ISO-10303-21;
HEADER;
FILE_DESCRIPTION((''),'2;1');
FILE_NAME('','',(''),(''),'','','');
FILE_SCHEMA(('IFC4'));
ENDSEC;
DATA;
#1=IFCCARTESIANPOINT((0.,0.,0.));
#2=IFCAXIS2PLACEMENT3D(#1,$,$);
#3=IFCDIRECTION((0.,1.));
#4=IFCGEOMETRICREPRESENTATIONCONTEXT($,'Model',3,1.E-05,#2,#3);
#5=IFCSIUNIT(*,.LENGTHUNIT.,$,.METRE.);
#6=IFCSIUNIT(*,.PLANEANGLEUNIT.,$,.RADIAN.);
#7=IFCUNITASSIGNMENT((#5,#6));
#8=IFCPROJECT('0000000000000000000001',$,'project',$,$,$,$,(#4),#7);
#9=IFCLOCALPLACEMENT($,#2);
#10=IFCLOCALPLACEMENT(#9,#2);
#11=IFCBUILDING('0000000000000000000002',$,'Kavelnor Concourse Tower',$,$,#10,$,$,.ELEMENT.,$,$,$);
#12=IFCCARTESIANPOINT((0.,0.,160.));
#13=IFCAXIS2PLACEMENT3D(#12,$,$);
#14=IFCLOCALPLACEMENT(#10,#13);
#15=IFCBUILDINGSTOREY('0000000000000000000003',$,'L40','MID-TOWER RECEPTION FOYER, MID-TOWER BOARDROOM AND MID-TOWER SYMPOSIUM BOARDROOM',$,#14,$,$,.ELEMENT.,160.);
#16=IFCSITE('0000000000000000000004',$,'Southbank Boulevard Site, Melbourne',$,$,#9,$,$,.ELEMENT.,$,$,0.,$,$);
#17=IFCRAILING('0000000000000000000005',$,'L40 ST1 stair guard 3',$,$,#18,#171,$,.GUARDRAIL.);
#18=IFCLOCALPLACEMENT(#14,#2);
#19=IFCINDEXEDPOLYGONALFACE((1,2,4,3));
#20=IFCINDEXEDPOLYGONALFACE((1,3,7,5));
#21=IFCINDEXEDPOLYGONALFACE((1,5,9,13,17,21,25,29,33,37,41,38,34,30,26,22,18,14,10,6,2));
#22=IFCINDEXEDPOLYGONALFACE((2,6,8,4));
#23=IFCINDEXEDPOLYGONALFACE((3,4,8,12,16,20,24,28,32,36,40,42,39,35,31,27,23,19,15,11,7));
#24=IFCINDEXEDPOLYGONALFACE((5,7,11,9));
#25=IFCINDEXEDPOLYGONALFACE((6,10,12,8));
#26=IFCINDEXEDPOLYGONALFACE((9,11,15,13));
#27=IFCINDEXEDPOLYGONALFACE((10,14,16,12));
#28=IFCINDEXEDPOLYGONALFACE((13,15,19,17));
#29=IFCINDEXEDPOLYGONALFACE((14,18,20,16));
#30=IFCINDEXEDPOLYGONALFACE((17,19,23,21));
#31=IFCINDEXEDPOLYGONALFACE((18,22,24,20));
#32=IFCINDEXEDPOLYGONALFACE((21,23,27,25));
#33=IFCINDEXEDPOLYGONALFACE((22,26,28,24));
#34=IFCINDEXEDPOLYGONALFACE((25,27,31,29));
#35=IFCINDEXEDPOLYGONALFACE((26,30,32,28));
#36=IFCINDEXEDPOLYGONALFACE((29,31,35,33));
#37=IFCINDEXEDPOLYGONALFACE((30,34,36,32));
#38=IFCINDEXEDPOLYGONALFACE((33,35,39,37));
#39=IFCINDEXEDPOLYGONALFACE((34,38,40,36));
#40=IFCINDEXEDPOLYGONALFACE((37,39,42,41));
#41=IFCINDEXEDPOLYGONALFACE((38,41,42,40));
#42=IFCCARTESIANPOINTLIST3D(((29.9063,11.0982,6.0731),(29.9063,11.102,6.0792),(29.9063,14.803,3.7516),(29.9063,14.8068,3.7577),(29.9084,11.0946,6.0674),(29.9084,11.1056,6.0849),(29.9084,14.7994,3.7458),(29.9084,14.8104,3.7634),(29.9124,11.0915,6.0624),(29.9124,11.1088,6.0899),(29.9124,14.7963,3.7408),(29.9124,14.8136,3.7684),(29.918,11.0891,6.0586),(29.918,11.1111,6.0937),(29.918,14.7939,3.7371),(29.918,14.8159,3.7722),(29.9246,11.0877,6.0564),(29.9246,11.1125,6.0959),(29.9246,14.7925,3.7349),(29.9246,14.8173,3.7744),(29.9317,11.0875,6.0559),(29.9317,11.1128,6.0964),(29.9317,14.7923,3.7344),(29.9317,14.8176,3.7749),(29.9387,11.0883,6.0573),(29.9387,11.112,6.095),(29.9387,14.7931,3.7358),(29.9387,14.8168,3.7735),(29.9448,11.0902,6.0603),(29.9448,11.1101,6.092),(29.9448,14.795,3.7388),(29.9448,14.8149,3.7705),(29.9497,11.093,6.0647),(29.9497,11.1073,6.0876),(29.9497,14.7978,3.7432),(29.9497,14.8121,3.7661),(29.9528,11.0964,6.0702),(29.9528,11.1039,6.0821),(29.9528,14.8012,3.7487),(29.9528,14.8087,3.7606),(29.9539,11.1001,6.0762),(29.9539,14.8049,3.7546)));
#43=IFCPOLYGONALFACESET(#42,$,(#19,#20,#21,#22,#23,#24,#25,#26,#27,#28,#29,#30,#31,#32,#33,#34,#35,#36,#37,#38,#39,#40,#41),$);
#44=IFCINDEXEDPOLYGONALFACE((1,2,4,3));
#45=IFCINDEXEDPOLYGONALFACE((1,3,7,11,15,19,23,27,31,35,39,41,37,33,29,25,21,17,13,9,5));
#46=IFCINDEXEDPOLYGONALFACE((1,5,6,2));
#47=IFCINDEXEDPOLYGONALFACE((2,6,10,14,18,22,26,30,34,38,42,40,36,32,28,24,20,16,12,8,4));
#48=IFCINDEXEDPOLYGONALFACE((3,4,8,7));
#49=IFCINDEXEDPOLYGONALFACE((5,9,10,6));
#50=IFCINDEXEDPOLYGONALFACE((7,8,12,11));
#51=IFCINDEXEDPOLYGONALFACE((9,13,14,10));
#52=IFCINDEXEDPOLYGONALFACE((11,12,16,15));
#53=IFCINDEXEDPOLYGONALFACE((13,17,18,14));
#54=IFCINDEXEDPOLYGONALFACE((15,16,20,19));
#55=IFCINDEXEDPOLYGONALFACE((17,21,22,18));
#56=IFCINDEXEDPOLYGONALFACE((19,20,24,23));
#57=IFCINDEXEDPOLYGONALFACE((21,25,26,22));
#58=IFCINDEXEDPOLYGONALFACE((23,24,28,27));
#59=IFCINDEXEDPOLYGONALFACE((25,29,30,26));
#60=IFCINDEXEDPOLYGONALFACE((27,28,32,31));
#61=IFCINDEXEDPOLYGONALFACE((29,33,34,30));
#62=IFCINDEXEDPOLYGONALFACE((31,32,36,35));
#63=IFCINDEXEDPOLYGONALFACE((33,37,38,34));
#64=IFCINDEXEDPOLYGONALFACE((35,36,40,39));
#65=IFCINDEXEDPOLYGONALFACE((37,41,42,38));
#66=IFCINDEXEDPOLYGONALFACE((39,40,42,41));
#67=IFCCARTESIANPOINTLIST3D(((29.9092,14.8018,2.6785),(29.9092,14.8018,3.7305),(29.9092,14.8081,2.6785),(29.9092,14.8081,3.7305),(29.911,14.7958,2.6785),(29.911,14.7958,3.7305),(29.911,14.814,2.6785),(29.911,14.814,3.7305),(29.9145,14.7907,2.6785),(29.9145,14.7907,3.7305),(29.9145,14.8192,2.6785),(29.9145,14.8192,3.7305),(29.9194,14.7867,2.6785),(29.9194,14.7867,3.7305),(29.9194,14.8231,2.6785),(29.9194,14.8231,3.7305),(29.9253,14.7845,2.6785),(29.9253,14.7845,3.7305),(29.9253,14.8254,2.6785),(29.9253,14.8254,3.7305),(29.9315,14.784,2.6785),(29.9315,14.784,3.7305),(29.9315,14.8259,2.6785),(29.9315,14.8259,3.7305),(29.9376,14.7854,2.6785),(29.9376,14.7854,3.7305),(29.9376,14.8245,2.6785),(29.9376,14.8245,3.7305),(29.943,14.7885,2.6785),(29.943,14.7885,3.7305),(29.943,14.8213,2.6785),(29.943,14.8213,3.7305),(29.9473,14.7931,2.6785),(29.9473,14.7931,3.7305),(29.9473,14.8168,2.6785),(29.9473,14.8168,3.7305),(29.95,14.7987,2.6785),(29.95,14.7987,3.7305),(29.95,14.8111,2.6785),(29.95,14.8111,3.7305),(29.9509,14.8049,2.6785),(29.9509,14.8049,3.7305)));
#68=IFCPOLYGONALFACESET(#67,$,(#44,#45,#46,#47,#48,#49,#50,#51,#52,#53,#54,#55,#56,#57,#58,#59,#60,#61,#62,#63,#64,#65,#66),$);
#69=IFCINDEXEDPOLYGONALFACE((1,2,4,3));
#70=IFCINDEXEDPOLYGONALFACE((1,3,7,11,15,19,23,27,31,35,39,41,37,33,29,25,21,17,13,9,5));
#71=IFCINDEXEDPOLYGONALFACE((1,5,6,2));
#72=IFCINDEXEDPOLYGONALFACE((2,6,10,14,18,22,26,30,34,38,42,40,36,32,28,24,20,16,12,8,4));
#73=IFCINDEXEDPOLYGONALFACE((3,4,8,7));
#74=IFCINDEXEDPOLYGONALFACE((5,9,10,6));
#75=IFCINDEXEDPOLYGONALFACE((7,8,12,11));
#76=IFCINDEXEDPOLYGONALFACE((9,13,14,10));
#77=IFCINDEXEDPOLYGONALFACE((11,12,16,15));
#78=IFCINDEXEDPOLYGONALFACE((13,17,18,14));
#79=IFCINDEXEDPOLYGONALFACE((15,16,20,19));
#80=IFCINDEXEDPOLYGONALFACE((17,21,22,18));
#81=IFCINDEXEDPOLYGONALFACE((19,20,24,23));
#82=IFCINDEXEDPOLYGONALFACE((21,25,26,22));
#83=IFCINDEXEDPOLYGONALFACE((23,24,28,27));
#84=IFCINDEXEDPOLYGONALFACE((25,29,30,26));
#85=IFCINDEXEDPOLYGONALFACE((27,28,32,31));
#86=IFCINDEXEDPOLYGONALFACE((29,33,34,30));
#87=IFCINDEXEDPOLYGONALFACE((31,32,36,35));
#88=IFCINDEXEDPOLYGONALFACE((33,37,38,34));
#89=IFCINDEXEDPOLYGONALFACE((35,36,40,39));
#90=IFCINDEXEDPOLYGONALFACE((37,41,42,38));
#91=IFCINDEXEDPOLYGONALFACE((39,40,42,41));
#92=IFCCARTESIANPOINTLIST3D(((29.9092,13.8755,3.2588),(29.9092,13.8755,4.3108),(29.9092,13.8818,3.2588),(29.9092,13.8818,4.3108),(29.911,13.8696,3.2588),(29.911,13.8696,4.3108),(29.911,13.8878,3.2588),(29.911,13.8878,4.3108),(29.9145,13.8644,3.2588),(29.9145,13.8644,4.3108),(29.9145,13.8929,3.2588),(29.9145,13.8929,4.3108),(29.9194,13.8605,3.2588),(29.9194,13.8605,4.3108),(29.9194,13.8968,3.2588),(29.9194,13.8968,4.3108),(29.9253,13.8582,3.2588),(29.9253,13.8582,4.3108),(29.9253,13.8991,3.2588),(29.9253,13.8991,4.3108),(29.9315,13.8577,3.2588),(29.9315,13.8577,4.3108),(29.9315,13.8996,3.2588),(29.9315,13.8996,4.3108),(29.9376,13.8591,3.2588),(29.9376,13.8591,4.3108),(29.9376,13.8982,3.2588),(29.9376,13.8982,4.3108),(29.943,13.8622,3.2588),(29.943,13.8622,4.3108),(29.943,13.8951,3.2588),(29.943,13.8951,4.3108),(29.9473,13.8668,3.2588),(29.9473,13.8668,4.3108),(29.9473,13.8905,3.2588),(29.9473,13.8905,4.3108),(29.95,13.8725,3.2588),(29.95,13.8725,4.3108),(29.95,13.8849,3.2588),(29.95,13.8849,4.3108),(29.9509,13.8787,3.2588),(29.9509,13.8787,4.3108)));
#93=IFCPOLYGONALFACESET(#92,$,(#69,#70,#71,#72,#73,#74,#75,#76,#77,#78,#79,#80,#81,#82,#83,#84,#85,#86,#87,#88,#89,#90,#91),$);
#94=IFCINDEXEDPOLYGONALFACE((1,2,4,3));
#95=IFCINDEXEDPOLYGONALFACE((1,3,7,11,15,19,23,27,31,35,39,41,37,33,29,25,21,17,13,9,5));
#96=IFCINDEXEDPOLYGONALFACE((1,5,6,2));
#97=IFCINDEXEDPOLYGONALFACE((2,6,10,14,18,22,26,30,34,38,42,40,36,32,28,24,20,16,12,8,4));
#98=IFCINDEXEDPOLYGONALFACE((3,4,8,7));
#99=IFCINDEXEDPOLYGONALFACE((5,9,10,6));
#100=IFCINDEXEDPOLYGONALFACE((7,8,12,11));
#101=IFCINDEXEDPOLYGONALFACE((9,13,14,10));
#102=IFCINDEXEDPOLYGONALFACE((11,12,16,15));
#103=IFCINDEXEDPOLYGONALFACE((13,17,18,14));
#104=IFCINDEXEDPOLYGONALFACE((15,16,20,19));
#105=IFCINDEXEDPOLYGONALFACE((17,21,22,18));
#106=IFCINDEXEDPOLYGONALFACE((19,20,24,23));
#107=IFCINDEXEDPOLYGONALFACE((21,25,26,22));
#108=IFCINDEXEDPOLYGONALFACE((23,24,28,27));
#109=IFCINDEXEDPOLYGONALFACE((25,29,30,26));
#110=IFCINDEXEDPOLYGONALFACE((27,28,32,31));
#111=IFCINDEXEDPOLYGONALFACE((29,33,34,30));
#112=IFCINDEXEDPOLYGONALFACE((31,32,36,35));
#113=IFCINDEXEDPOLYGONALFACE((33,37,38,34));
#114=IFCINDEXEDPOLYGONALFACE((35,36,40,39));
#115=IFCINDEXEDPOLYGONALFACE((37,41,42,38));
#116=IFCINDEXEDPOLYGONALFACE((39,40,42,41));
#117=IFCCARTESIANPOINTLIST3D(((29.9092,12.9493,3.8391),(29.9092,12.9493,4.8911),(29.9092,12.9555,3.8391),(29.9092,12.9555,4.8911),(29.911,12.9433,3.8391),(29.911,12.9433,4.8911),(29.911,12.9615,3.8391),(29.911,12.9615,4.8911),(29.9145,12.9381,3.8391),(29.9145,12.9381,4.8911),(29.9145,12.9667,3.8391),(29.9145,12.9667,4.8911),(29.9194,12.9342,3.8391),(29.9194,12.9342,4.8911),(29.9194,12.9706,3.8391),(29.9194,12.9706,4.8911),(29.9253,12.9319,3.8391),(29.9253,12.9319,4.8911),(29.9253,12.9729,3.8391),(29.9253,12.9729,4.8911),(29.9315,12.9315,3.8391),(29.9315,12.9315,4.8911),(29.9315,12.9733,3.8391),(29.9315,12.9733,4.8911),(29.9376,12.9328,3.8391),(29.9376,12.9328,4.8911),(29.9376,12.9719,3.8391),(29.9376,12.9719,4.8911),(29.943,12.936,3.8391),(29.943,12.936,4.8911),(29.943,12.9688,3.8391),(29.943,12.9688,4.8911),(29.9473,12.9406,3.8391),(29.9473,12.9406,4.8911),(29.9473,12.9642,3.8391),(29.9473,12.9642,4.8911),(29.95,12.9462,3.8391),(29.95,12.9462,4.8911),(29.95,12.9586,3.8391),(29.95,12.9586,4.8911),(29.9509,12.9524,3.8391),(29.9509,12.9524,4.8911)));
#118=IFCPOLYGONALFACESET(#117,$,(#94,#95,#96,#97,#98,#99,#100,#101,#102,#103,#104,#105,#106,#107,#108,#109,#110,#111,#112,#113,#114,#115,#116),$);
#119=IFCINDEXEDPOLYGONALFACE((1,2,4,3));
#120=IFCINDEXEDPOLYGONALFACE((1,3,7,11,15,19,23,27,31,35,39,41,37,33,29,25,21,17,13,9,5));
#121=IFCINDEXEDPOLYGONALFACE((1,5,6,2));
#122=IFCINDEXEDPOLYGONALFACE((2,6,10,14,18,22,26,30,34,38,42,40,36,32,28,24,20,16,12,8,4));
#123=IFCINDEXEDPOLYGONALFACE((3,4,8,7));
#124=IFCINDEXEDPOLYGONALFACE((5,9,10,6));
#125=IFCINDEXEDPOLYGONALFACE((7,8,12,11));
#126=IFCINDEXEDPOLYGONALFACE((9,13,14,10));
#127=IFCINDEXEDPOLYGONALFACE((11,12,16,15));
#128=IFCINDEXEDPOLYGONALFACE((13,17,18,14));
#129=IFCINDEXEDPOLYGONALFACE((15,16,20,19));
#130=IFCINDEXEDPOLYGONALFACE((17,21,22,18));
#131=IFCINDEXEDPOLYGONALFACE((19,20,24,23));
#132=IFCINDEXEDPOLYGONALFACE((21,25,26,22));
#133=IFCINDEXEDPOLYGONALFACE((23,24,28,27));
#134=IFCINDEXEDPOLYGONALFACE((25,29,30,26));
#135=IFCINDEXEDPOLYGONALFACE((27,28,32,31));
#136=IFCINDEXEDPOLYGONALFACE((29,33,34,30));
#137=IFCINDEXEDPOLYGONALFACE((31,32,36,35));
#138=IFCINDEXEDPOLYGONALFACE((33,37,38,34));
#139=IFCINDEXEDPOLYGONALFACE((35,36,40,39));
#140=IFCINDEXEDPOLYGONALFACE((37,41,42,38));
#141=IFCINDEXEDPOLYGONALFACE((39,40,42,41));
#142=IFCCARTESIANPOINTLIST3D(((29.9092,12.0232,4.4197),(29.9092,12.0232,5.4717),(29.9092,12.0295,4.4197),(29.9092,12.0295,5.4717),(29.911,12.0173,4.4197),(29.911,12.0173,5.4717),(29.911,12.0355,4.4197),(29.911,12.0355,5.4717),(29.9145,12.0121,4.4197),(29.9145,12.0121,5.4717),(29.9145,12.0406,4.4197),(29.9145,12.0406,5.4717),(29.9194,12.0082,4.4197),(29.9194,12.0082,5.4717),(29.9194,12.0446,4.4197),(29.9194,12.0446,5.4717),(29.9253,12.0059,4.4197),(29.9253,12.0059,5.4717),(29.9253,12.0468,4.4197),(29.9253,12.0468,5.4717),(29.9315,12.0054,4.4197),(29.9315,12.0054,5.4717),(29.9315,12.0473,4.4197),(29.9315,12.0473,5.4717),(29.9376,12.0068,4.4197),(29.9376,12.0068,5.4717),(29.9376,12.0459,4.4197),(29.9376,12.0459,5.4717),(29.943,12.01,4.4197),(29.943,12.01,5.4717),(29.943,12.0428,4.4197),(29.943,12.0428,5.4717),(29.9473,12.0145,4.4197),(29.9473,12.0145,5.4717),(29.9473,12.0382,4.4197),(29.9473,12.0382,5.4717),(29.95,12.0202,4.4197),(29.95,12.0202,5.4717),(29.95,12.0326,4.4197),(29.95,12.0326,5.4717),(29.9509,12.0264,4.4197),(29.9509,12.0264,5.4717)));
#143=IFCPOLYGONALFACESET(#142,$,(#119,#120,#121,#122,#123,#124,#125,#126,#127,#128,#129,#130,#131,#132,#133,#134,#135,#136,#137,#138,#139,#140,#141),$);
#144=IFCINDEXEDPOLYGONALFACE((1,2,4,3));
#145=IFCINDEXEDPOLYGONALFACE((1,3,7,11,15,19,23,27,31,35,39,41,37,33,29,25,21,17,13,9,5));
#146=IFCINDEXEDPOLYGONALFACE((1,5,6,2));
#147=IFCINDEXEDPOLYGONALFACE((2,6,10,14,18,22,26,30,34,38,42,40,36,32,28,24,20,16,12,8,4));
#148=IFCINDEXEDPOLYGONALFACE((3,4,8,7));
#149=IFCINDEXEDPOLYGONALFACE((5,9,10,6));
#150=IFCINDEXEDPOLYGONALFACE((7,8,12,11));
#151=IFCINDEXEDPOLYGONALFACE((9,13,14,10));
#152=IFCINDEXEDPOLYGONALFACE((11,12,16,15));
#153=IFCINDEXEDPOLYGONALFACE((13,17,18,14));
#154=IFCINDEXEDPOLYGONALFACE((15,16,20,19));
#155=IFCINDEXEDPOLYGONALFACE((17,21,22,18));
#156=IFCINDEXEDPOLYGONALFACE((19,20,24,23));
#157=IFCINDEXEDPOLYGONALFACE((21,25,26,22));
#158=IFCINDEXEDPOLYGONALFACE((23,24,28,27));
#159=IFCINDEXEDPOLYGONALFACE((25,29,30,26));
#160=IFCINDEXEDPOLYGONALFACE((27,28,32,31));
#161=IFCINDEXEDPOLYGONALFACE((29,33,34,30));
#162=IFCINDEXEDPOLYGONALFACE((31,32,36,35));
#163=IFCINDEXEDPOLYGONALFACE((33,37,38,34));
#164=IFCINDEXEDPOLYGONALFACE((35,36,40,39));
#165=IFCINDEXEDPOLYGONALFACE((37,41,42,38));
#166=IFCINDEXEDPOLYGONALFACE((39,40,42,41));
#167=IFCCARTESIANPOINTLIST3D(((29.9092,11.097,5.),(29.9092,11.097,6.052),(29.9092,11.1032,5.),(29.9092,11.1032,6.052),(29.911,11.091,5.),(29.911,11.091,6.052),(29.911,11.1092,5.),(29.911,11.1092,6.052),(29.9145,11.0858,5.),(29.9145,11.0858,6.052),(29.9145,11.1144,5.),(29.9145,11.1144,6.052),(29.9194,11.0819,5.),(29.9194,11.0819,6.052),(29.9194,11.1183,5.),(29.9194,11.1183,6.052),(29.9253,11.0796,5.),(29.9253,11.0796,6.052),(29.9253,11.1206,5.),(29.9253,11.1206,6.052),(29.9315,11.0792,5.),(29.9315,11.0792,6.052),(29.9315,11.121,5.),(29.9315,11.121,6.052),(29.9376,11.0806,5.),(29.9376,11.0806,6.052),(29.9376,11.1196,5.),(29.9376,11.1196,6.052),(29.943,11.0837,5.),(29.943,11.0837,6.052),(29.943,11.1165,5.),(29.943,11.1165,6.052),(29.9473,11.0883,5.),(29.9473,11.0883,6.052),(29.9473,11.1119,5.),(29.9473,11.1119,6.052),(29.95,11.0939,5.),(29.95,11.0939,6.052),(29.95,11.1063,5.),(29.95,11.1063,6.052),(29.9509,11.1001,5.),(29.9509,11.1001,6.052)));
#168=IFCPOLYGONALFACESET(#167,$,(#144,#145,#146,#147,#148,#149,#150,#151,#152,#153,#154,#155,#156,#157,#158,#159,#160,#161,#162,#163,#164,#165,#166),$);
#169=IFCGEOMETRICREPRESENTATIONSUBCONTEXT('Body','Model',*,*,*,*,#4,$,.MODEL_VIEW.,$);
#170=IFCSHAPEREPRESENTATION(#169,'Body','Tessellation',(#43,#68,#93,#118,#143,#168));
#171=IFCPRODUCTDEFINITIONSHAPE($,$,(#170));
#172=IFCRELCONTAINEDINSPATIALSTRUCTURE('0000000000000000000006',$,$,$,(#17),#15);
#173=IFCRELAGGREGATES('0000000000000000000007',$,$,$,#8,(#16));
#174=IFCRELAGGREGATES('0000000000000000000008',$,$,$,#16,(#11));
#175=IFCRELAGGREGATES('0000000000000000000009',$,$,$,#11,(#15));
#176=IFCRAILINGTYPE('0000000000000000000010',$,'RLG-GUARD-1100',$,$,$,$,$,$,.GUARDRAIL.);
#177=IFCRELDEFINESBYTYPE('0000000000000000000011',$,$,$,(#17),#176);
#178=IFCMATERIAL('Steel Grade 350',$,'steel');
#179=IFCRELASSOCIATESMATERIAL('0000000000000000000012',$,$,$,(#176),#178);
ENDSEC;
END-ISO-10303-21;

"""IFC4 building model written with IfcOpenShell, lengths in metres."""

from ifc_helpers import new_model, si_unit, direction, frame, origin, origin_2d, place, context, subcontext, project, spatial, circle, extrude, material, type_object, element, save


model = new_model("IFC4")

# Units and contexts
model_context = context("Model", 3, precision=1e-05, world=origin(), true_north=direction((0.0, 1.0)))
body_context = subcontext(model_context, "Body", "Model", "MODEL_VIEW")
ifc_project = project(units=[si_unit("LENGTHUNIT", "METRE"), si_unit("PLANEANGLEUNIT", "RADIAN")], contexts=[model_context])

# Site, building, storey
site_placement = place(None, origin())
site = spatial("IfcSite", under=ifc_project, at=site_placement, Name="Southbank Boulevard Site, Melbourne", CompositionType="ELEMENT", RefElevation=0.0)
building_placement = place(site_placement, origin())
building = spatial("IfcBuilding", under=site, at=building_placement, Name="Kavelnor Concourse Tower", CompositionType="ELEMENT")
storey_placement = place(building_placement, frame((0.0, 0.0, 160.0)))
storey = spatial("IfcBuildingStorey", under=building, at=storey_placement, Name="L40", Description="MID-TOWER RECEPTION FOYER, MID-TOWER BOARDROOM AND MID-TOWER SYMPOSIUM BOARDROOM", CompositionType="ELEMENT", Elevation=160.0)

# Shared definitions
ifc_material_1 = material(Name="Steel Grade 350", Category="steel")

# Railing
railing_type_1 = type_object("IfcRailingType", Name="RLG-GUARD-1100", PredefinedType="GUARDRAIL", material=ifc_material_1)
railing_1_placement = place(storey_placement, frame((29.9299, 14.8049, 2.6785)))
element("IfcRailing", 1, at=railing_1_placement, inside=storey, type_object=railing_type_1, Name="L40 ST1 stair guard 3", PredefinedType="GUARDRAIL", context=body_context, shape_type="SweptSolid", body=[
    extrude(circle(Radius=0.0239, at=origin_2d()), frame((0.0, 0.0, 1.0762), z_axis=(0.0, -0.84738, 0.530987), x_axis=(1.0, 0.0, 0.0)), (0.0, 0.0, 1.0), 4.3721),
    extrude(circle(Radius=0.021, at=origin_2d()), origin(), (0.0, 0.0, 1.0), 1.052),
    extrude(circle(Radius=0.021, at=origin_2d()), frame((0.0, -0.9263, 0.5803)), (0.0, 0.0, 1.0), 1.052),
    extrude(circle(Radius=0.021, at=origin_2d()), frame((0.0, -1.8525, 1.1606)), (0.0, 0.0, 1.0), 1.052),
    extrude(circle(Radius=0.021, at=origin_2d()), frame((0.0, -2.7786, 1.7412)), (0.0, 0.0, 1.0), 1.052),
    extrude(circle(Radius=0.021, at=origin_2d()), frame((0.0, -3.7048, 2.3215)), (0.0, 0.0, 1.0), 1.052),
])

save(model, "model.ifc")
